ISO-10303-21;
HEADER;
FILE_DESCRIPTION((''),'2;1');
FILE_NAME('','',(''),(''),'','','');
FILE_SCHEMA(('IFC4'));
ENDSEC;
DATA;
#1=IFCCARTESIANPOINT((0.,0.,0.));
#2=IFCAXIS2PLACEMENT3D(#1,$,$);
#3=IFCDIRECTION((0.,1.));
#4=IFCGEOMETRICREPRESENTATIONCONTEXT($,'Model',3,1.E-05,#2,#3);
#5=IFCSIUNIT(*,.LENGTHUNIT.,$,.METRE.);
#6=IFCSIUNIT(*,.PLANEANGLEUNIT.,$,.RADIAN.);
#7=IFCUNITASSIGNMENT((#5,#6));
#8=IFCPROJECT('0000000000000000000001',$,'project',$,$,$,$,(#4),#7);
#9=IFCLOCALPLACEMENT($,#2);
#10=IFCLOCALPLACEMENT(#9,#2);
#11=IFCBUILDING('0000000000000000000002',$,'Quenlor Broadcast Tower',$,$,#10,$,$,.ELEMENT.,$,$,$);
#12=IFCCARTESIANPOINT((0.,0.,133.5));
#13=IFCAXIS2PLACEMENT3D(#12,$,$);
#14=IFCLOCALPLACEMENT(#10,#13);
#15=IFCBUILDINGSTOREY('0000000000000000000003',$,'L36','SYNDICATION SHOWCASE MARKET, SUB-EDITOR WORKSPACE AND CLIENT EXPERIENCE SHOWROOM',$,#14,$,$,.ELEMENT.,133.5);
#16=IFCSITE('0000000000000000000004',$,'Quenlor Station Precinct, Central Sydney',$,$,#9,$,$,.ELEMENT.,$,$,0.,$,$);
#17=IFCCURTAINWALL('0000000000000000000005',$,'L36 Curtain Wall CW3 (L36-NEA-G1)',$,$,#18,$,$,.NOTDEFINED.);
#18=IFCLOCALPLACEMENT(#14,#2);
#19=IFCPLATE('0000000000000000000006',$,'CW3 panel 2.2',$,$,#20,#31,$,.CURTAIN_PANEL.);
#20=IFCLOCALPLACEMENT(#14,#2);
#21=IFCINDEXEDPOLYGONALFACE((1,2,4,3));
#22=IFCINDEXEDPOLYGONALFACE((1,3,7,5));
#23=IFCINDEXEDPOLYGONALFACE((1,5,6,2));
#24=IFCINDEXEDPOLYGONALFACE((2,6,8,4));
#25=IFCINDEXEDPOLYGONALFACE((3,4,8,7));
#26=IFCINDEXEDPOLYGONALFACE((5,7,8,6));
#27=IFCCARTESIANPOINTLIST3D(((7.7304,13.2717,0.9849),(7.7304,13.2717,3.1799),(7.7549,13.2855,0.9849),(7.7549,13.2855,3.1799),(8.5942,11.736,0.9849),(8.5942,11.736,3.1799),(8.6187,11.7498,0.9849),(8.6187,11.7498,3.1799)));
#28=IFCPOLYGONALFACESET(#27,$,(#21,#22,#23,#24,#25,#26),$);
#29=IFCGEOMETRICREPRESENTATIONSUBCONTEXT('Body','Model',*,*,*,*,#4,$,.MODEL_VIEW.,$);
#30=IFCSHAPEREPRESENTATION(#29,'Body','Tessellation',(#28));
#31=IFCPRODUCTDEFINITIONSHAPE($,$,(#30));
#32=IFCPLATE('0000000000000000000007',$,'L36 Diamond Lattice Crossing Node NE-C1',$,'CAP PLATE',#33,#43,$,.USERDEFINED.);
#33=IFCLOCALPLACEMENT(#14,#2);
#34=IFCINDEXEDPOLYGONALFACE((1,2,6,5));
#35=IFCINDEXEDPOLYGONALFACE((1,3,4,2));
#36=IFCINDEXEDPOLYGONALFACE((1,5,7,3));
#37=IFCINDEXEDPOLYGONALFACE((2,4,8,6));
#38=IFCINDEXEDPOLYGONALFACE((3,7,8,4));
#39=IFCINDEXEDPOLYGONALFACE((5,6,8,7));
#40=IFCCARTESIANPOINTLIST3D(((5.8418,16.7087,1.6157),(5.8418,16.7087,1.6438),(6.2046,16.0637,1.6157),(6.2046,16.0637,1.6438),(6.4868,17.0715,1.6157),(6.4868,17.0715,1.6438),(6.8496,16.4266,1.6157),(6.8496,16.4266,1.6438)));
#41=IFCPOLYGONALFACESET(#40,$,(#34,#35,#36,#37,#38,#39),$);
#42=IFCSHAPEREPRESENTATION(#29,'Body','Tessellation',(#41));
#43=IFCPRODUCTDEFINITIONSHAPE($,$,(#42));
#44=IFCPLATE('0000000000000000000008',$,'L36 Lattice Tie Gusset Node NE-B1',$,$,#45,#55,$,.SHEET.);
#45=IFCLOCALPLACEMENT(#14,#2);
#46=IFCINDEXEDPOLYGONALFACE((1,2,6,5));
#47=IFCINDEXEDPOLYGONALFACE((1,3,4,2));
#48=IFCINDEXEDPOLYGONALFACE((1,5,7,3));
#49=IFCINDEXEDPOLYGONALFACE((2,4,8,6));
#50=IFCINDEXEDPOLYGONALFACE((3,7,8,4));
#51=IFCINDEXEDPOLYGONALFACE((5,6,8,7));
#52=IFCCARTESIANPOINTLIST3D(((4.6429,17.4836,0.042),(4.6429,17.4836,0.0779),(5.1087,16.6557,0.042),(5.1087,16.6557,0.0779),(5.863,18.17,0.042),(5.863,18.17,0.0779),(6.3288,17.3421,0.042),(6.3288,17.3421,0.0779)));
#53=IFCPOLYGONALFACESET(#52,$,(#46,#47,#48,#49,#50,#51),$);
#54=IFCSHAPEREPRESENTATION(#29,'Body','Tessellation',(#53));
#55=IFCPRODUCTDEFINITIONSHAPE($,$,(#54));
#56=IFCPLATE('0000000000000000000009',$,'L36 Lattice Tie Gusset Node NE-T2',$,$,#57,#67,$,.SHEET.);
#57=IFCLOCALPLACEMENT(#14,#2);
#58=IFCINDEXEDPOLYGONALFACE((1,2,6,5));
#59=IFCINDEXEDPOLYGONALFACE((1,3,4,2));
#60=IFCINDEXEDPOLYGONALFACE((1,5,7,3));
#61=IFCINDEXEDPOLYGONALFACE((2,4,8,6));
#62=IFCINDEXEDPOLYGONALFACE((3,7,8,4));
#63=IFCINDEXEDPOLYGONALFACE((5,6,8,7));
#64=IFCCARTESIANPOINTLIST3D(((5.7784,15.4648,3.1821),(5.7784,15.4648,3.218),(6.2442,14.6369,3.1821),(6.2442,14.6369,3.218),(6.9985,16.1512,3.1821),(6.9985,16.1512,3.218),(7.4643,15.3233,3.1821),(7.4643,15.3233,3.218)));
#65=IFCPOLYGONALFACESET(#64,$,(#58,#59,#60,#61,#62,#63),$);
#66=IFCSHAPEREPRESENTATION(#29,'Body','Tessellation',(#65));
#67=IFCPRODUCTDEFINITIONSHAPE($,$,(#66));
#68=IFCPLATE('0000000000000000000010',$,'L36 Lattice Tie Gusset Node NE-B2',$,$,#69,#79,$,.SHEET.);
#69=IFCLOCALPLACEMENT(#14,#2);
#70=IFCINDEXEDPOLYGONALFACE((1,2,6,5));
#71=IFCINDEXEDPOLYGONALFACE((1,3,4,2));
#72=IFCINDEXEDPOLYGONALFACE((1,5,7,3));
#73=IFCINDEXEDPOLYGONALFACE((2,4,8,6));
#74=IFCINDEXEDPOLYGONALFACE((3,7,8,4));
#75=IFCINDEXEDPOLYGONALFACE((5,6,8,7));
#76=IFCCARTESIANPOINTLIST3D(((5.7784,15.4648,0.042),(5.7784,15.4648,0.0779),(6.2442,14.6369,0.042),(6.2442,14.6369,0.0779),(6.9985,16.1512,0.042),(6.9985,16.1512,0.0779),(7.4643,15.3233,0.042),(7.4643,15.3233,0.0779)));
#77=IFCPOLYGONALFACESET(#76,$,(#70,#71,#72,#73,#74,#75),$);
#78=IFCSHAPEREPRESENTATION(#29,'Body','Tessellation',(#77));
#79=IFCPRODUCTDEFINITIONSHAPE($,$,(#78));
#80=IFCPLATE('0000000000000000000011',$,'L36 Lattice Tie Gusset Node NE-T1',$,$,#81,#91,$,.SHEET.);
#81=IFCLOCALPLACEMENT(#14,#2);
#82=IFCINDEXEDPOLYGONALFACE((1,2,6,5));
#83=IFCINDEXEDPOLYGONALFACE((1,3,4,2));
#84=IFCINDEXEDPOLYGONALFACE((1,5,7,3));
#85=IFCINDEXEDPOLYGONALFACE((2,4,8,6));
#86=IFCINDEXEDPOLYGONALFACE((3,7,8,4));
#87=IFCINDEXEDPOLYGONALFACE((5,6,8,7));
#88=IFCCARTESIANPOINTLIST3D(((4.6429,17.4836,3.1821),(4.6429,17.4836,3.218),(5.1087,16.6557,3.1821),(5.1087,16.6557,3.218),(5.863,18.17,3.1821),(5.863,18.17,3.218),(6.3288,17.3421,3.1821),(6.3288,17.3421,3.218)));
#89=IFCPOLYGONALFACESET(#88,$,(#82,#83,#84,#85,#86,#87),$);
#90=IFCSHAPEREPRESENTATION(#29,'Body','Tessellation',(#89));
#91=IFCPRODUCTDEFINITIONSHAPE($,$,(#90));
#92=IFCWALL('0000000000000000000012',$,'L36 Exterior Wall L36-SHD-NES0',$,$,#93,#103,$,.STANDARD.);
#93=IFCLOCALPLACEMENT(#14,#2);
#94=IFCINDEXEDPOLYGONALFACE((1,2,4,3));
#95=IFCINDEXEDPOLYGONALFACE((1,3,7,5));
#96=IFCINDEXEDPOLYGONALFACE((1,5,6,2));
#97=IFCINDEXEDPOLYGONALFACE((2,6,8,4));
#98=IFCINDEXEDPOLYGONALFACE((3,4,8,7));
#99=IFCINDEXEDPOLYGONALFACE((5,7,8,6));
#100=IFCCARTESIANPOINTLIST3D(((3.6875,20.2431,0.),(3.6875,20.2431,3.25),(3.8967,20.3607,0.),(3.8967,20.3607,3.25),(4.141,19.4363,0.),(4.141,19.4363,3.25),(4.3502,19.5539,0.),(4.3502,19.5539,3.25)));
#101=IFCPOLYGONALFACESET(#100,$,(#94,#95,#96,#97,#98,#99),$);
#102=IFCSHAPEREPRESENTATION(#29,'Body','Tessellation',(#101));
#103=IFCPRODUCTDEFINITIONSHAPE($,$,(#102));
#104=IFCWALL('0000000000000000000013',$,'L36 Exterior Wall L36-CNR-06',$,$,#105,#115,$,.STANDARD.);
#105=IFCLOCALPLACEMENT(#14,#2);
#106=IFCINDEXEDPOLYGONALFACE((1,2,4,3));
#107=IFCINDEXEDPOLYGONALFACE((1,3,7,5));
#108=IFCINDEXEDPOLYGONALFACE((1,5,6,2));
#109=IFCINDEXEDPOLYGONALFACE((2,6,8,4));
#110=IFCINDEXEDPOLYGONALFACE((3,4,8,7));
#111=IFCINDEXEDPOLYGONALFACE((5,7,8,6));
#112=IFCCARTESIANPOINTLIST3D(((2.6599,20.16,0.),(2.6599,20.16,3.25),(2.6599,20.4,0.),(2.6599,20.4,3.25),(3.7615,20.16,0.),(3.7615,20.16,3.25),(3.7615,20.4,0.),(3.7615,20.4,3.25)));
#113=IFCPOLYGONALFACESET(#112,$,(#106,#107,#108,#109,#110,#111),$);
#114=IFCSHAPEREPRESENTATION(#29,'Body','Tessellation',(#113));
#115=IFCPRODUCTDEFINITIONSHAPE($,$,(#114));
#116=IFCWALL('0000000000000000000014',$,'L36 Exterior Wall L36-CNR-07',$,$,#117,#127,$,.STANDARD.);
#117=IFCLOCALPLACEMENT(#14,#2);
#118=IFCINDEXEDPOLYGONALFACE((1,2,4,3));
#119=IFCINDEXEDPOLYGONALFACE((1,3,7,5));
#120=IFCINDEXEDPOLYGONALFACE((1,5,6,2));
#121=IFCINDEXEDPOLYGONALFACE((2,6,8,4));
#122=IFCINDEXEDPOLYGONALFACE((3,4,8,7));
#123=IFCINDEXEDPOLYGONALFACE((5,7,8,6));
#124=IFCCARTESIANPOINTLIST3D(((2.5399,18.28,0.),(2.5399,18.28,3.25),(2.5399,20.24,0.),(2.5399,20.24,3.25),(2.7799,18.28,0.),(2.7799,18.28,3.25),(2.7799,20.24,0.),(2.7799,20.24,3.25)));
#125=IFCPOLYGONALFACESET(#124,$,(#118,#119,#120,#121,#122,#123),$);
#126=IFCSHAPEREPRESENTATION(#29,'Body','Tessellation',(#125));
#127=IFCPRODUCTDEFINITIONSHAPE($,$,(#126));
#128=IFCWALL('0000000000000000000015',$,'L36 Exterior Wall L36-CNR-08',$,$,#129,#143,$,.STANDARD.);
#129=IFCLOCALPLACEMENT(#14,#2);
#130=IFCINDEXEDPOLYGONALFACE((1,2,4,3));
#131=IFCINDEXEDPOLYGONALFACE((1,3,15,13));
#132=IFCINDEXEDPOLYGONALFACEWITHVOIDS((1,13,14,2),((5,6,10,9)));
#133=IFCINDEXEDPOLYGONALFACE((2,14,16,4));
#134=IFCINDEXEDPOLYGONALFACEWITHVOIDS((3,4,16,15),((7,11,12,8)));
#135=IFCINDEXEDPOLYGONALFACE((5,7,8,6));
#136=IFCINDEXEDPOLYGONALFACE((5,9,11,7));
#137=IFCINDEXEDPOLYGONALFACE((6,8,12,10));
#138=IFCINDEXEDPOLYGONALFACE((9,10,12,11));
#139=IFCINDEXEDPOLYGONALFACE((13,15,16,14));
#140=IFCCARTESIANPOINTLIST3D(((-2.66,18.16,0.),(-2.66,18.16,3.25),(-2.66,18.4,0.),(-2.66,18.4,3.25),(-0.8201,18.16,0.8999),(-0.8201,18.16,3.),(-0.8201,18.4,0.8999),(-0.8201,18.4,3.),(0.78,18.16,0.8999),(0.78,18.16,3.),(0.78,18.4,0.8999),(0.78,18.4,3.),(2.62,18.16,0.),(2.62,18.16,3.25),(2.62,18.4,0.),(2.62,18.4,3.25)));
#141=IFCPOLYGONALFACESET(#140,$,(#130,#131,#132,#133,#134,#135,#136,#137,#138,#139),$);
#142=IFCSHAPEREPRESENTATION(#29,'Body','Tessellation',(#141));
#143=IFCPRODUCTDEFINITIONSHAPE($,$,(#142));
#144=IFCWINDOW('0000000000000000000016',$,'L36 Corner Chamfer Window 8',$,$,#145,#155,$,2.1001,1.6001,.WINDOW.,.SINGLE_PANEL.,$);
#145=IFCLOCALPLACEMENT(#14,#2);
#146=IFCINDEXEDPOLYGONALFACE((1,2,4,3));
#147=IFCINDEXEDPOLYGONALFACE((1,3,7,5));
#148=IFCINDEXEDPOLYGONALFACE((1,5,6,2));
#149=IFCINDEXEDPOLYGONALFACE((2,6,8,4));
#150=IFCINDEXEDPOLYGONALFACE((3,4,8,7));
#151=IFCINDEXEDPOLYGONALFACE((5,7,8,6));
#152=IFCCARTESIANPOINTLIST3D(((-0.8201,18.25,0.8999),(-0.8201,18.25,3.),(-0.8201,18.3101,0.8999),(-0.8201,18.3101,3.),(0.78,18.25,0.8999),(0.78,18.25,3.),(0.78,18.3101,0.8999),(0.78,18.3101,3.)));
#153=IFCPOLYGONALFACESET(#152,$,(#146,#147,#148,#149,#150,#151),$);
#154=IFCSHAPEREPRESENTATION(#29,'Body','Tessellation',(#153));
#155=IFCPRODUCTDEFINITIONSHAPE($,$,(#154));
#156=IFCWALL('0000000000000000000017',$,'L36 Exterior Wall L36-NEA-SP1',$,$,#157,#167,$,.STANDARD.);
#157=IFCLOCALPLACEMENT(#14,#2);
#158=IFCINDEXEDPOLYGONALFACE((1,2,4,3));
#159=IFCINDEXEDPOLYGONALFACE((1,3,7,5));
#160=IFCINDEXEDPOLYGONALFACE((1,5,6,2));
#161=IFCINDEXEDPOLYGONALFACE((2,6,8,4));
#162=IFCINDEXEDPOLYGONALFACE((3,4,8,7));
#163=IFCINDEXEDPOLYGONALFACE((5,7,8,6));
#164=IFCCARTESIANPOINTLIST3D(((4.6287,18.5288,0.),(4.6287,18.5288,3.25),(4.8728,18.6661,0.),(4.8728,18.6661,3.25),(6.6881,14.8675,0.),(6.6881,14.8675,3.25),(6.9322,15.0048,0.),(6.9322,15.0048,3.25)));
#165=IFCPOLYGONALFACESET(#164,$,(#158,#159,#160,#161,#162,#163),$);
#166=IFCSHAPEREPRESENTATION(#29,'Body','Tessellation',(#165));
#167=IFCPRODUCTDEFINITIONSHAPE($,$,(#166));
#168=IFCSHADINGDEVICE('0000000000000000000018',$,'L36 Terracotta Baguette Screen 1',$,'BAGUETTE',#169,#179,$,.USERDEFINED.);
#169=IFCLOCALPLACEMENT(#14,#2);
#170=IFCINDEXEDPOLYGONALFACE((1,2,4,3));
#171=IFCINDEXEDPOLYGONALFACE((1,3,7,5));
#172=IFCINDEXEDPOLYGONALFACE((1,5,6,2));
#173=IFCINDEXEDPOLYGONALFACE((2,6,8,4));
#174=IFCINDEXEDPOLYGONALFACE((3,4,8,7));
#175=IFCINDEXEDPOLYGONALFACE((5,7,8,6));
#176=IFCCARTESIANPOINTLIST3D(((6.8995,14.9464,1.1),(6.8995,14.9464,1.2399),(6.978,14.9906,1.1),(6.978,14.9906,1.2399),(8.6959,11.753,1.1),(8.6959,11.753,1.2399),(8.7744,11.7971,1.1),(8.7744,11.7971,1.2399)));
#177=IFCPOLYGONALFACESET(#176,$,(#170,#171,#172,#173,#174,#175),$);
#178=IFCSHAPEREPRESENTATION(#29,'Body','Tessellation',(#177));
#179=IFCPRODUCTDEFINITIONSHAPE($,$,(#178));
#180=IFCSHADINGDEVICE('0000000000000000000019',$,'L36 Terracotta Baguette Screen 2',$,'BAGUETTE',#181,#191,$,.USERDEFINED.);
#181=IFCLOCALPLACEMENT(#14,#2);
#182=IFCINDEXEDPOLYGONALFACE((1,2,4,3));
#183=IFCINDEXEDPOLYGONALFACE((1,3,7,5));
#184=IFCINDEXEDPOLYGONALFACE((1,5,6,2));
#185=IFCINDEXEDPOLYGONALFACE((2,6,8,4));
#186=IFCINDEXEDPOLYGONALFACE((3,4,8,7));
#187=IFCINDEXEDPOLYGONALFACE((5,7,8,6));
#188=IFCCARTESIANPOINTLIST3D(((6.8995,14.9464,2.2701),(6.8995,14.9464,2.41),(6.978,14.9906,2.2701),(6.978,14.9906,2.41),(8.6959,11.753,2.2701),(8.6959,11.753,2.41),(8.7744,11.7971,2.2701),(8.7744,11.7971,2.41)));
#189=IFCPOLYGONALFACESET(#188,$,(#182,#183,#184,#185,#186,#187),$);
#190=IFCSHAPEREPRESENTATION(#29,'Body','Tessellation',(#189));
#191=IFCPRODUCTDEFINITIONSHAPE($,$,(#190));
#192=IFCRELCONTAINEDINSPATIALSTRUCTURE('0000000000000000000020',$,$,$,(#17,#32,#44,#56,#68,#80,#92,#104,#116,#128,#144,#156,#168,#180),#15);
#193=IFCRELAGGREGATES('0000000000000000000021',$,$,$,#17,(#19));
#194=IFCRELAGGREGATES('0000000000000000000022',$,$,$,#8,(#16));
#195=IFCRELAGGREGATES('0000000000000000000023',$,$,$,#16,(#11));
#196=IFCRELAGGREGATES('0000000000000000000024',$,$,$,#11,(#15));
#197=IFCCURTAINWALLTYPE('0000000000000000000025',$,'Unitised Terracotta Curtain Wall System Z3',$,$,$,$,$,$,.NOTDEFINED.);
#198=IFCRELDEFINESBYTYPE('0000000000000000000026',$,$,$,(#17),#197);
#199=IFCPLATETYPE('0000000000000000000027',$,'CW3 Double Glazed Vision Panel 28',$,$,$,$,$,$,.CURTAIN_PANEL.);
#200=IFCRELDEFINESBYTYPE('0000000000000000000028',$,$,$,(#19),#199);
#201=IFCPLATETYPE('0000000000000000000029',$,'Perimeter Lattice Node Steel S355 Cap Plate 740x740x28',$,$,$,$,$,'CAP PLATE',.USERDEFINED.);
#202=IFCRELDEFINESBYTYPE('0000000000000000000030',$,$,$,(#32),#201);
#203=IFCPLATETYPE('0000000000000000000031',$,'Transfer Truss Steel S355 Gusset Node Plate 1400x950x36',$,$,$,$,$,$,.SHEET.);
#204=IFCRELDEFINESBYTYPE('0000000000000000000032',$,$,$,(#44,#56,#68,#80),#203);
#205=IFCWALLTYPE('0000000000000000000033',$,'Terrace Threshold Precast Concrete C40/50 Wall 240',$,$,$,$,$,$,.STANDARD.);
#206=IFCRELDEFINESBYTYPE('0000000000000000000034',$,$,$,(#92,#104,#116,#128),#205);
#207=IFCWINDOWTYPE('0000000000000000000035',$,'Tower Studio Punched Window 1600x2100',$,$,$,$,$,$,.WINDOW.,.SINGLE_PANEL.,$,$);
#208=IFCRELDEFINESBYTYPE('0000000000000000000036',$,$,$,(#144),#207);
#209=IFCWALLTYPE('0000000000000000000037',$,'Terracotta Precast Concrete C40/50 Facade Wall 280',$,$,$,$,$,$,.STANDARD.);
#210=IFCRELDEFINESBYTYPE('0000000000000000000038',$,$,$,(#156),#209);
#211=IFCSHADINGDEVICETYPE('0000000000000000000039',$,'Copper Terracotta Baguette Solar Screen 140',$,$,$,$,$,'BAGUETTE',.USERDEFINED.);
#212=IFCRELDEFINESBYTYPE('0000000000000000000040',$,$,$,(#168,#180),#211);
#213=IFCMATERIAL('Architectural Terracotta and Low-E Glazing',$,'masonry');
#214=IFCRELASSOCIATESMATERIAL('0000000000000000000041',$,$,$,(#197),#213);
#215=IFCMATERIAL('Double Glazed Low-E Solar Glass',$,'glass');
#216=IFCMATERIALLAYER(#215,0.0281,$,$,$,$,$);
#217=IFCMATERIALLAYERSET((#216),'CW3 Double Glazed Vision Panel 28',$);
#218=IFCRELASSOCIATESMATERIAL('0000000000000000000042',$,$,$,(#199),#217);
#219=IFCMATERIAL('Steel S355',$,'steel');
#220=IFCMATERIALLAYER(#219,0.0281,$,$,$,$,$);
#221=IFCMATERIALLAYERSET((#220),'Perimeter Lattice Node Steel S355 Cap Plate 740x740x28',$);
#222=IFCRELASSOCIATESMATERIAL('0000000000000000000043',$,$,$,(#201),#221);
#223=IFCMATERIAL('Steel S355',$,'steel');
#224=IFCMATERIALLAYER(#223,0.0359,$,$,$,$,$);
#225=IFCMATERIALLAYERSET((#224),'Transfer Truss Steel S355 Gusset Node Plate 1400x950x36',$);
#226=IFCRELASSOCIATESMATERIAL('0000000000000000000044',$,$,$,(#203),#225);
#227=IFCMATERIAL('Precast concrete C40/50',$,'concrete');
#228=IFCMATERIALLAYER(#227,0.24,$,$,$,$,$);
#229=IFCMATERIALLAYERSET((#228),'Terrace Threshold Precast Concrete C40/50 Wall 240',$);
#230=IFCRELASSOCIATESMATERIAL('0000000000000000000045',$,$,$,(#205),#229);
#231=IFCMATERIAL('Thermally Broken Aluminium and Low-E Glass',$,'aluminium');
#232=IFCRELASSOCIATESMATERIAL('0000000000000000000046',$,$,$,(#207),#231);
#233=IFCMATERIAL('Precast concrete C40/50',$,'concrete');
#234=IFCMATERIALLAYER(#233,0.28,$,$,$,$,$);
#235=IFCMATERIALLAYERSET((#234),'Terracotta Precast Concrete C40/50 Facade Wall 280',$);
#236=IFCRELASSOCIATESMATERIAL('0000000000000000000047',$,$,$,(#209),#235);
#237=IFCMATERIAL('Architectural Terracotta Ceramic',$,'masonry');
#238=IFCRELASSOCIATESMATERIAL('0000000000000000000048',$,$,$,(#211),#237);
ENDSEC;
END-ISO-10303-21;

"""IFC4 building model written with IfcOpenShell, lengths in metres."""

from ifc_helpers import new_model, si_unit, direction, frame, frame_2d, origin, origin_2d, place, context, subcontext, project, spatial, rectangle, extrude, material, layer, layer_set, material_profile, profile_set, type_object, element, fill, aggregate, save


model = new_model("IFC4")

# Units and contexts
model_context = context("Model", 3, precision=1e-05, world=origin(), true_north=direction((0.0, 1.0)))
body_context = subcontext(model_context, "Body", "Model", "MODEL_VIEW")
ifc_project = project(units=[si_unit("LENGTHUNIT", "METRE"), si_unit("PLANEANGLEUNIT", "RADIAN")], contexts=[model_context])

# Site, building, storey
site_placement = place(None, origin())
site = spatial("IfcSite", under=ifc_project, at=site_placement, Name="Quenlor Station Precinct, Central Sydney", CompositionType="ELEMENT", RefElevation=0.0)
building_placement = place(site_placement, origin())
building = spatial("IfcBuilding", under=site, at=building_placement, Name="Quenlor Broadcast Tower", CompositionType="ELEMENT")
storey_placement = place(building_placement, frame((0.0, 0.0, 133.5)))
storey = spatial("IfcBuildingStorey", under=building, at=storey_placement, Name="L36", Description="SYNDICATION SHOWCASE MARKET, SUB-EDITOR WORKSPACE AND CLIENT EXPERIENCE SHOWROOM", CompositionType="ELEMENT", Elevation=133.5)

# Curtain wall
ifc_material_1 = material(Name="Architectural Terracotta and Low-E Glazing", Category="masonry")
curtain_wall_type = type_object("IfcCurtainWallType", Name="Unitised Terracotta Curtain Wall System Z3", PredefinedType="NOTDEFINED", material=ifc_material_1)
curtain_wall_placement = place(storey_placement, origin())
curtain_wall = element("IfcCurtainWall", 1, at=curtain_wall_placement, inside=storey, type_object=curtain_wall_type, Name="L36 Curtain Wall CW3 (L36-NEA-G1)", PredefinedType="NOTDEFINED")

# Plate
ifc_material_2 = material(Name="Double Glazed Low-E Solar Glass", Category="glass")
ifc_layer_1 = layer(ifc_material_2, 0.0281)
ifc_layer_set_1 = layer_set([ifc_layer_1], Name="CW3 Double Glazed Vision Panel 28")
plate_type_1 = type_object("IfcPlateType", Name="CW3 Double Glazed Vision Panel 28", PredefinedType="CURTAIN_PANEL", material=ifc_layer_set_1)
plate_1_placement = place(storey_placement, frame((8.1746, 12.5107, 0.9849), z_axis=(0.0, 0.0, 1.0), x_axis=(0.49027, -0.871571, 0.0)))
plate_1 = element("IfcPlate", 2, at=plate_1_placement, type_object=plate_type_1, Name="CW3 panel 2.2", PredefinedType="CURTAIN_PANEL", context=body_context, shape_type="SweptSolid", body=[
    extrude(rectangle(XDim=1.762, YDim=0.0281, at=origin_2d()), origin(), (0.0, 0.0, 1.0), 2.1951),
])
aggregate(curtain_wall, [plate_1])

# Plates
ifc_material_3 = material(Name="Steel S355", Category="steel")
ifc_layer_2 = layer(ifc_material_3, 0.0281)
ifc_layer_set_2 = layer_set([ifc_layer_2], Name="Perimeter Lattice Node Steel S355 Cap Plate 740x740x28")
plate_type_2 = type_object("IfcPlateType", Name="Perimeter Lattice Node Steel S355 Cap Plate 740x740x28", ElementType="CAP PLATE", PredefinedType="USERDEFINED", material=ifc_layer_set_2)
plate_2_placement = place(storey_placement, frame((6.3457, 16.5676, 1.6157), z_axis=(0.0, 0.0, 1.0), x_axis=(0.490295, -0.871556, 0.0)))
element("IfcPlate", 3, at=plate_2_placement, inside=storey, type_object=plate_type_2, Name="L36 Diamond Lattice Crossing Node NE-C1", ObjectType="CAP PLATE", PredefinedType="USERDEFINED", context=body_context, shape_type="SweptSolid", body=[
    extrude(rectangle(XDim=0.74, YDim=0.74, at=origin_2d()), origin(), (0.0, 0.0, 1.0), 0.0281),
])
ifc_material_4 = material(Name="Steel S355", Category="steel")
ifc_layer_3 = layer(ifc_material_4, 0.0359)
ifc_layer_set_3 = layer_set([ifc_layer_3], Name="Transfer Truss Steel S355 Gusset Node Plate 1400x950x36")
plate_type_3 = type_object("IfcPlateType", Name="Transfer Truss Steel S355 Gusset Node Plate 1400x950x36", PredefinedType="SHEET", material=ifc_layer_set_3)
for number, where, z_axis, x_axis, name in (
    (4, (5.4858, 17.4128, 0.042), (0.0, 0.0, 1.0), (0.871556, 0.490295, 0.0), "L36 Lattice Tie Gusset Node NE-B1"),
    (5, (6.6213, 15.394, 3.1821), (0.0, 0.0, 1.0), (0.871556, 0.490295, 0.0), "L36 Lattice Tie Gusset Node NE-T2"),
    (6, (6.6213, 15.394, 0.042), (0.0, 0.0, 1.0), (0.871556, 0.490295, 0.0), "L36 Lattice Tie Gusset Node NE-B2"),
    (7, (5.4858, 17.4128, 3.1821), (0.0, 0.0, 1.0), (0.871556, 0.490295, 0.0), "L36 Lattice Tie Gusset Node NE-T1"),
):
    element("IfcPlate", number, at=place(storey_placement, frame(where, z_axis=z_axis, x_axis=x_axis)), inside=storey, type_object=plate_type_3, Name=name, PredefinedType="SHEET", context=body_context, shape_type="SweptSolid", body=[
        extrude(rectangle(XDim=1.3999, YDim=0.95, at=origin_2d()), origin(), (0.0, 0.0, 1.0), 0.0359),
    ])

# Walls
ifc_material_5 = material(Name="Precast concrete C40/50", Category="concrete")
ifc_layer_4 = layer(ifc_material_5, 0.24)
ifc_layer_set_4 = layer_set([ifc_layer_4], Name="Terrace Threshold Precast Concrete C40/50 Wall 240")
wall_type_1 = type_object("IfcWallType", Name="Terrace Threshold Precast Concrete C40/50 Wall 240", PredefinedType="STANDARD", material=ifc_layer_set_4)
wall_1_placement = place(storey_placement, frame((3.792, 20.302, 0.0), z_axis=(0.0, 0.0, 1.0), x_axis=(0.490048, -0.871695, 0.0)))
element("IfcWall", 8, at=wall_1_placement, inside=storey, type_object=wall_type_1, Name="L36 Exterior Wall L36-SHD-NES0", PredefinedType="STANDARD", context=body_context, shape_type="SweptSolid", body=[
    extrude(rectangle(XDim=0.9255, YDim=0.24, at=frame_2d((0.4629, 0.0))), origin(), (0.0, 0.0, 1.0), 3.25),
])
wall_2_placement = place(storey_placement, frame((3.7615, 20.28, 0.0), z_axis=(0.0, 0.0, 1.0), x_axis=(-1.0, 0.0, 0.0)))
element("IfcWall", 9, at=wall_2_placement, inside=storey, type_object=wall_type_1, Name="L36 Exterior Wall L36-CNR-06", PredefinedType="STANDARD", context=body_context, shape_type="SweptSolid", body=[
    extrude(rectangle(XDim=1.1016, YDim=0.24, at=frame_2d((0.5508, 0.0))), origin(), (0.0, 0.0, 1.0), 3.25),
])
wall_3_placement = place(storey_placement, frame((2.6599, 20.24, 0.0), z_axis=(0.0, 0.0, 1.0), x_axis=(0.0, -1.0, 0.0)))
element("IfcWall", 10, at=wall_3_placement, inside=storey, type_object=wall_type_1, Name="L36 Exterior Wall L36-CNR-07", PredefinedType="STANDARD", context=body_context, shape_type="SweptSolid", body=[
    extrude(rectangle(XDim=1.96, YDim=0.24, at=frame_2d((0.98, 0.0))), origin(), (0.0, 0.0, 1.0), 3.25),
])

# Wall, opening, window
wall_4_placement = place(storey_placement, frame((2.6201, 18.28, 0.0), z_axis=(0.0, 0.0, 1.0), x_axis=(-1.0, 0.0, 0.0)))
wall_4 = element("IfcWall", 11, at=wall_4_placement, inside=storey, type_object=wall_type_1, Name="L36 Exterior Wall L36-CNR-08", PredefinedType="STANDARD", context=body_context, shape_type="SweptSolid", body=[
    extrude(rectangle(XDim=5.28, YDim=0.24, at=frame_2d((2.6401, 0.0))), origin(), (0.0, 0.0, 1.0), 3.25),
])
opening_placement = place(wall_4_placement, frame((1.8401, 0.0, 0.8999)))
opening = element("IfcOpeningElement", 12, at=opening_placement, cuts=wall_4, PredefinedType="OPENING", context=body_context, shape_type="SweptSolid", body=[
    extrude(rectangle(XDim=1.6001, YDim=2.1001, at=frame_2d((0.8, 1.05))), frame((0.0, 0.1299, 0.0), z_axis=(0.0, -1.0, 0.0), x_axis=(1.0, 0.0, 0.0)), (0.0, 0.0, 1.0), 0.26),
])
ifc_material_6 = material(Name="Thermally Broken Aluminium and Low-E Glass", Category="aluminium")
window_type = type_object("IfcWindowType", Name="Tower Studio Punched Window 1600x2100", PartitioningType="SINGLE_PANEL", PredefinedType="WINDOW", material=ifc_material_6)
window_placement = place(opening_placement, origin())
window = element("IfcWindow", 13, at=window_placement, inside=storey, type_object=window_type, Name="L36 Corner Chamfer Window 8", OverallHeight=2.1001, OverallWidth=1.6001, PartitioningType="SINGLE_PANEL", PredefinedType="WINDOW", context=body_context, shape_type="SweptSolid", body=[
    extrude(rectangle(XDim=1.6001, YDim=2.1001, at=frame_2d((0.8, 1.05))), frame((0.0, 0.03, 0.0), z_axis=(0.0, -1.0, 0.0), x_axis=(1.0, 0.0, 0.0)), (0.0, 0.0, 1.0), 0.0601),
])
fill(opening, window)

# Wall
ifc_material_7 = material(Name="Precast concrete C40/50", Category="concrete")
ifc_layer_5 = layer(ifc_material_7, 0.28)
ifc_layer_set_5 = layer_set([ifc_layer_5], Name="Terracotta Precast Concrete C40/50 Facade Wall 280")
wall_type_2 = type_object("IfcWallType", Name="Terracotta Precast Concrete C40/50 Facade Wall 280", PredefinedType="STANDARD", material=ifc_layer_set_5)
wall_5_placement = place(storey_placement, frame((4.7507, 18.5974, 0.0), z_axis=(0.0, 0.0, 1.0), x_axis=(0.49025, -0.871582, 0.0)))
element("IfcWall", 14, at=wall_5_placement, inside=storey, type_object=wall_type_2, Name="L36 Exterior Wall L36-NEA-SP1", PredefinedType="STANDARD", context=body_context, shape_type="SweptSolid", body=[
    extrude(rectangle(XDim=4.2007, YDim=0.28, at=frame_2d((2.1003, 0.0))), origin(), (0.0, 0.0, 1.0), 3.25),
])

# Shading devices
ifc_material_8 = material(Name="Architectural Terracotta Ceramic", Category="masonry")
ifc_material_profile_1 = material_profile(ifc_material_8, rectangle(XDim=0.0901, YDim=0.1399, at=origin_2d()))
ifc_profile_set_1 = profile_set([ifc_material_profile_1], Name="Architectural Terracotta Ceramic BAG90x140")
shading_device_type = type_object("IfcShadingDeviceType", Name="Copper Terracotta Baguette Solar Screen 140", ElementType="BAGUETTE", PredefinedType="USERDEFINED", material=ifc_profile_set_1)
for number, where, z_axis, x_axis, name in (
    (15, (6.9387, 14.9685, 1.1699), (0.490287, -0.871561, 0.0), (0.871561, 0.490287, 0.0), "L36 Terracotta Baguette Screen 1"),
    (16, (6.9387, 14.9685, 2.3401), (0.490287, -0.871561, 0.0), (0.871561, 0.490287, 0.0), "L36 Terracotta Baguette Screen 2"),
):
    element("IfcShadingDevice", number, at=place(storey_placement, frame(where, z_axis=z_axis, x_axis=x_axis)), inside=storey, type_object=shading_device_type, Name=name, ObjectType="BAGUETTE", PredefinedType="USERDEFINED", context=body_context, shape_type="SweptSolid", body=[
        extrude(rectangle(XDim=0.0901, YDim=0.1399, at=origin_2d()), origin(), (0.0, 0.0, 1.0), 3.6641),
    ])

save(model, "model.ifc")
